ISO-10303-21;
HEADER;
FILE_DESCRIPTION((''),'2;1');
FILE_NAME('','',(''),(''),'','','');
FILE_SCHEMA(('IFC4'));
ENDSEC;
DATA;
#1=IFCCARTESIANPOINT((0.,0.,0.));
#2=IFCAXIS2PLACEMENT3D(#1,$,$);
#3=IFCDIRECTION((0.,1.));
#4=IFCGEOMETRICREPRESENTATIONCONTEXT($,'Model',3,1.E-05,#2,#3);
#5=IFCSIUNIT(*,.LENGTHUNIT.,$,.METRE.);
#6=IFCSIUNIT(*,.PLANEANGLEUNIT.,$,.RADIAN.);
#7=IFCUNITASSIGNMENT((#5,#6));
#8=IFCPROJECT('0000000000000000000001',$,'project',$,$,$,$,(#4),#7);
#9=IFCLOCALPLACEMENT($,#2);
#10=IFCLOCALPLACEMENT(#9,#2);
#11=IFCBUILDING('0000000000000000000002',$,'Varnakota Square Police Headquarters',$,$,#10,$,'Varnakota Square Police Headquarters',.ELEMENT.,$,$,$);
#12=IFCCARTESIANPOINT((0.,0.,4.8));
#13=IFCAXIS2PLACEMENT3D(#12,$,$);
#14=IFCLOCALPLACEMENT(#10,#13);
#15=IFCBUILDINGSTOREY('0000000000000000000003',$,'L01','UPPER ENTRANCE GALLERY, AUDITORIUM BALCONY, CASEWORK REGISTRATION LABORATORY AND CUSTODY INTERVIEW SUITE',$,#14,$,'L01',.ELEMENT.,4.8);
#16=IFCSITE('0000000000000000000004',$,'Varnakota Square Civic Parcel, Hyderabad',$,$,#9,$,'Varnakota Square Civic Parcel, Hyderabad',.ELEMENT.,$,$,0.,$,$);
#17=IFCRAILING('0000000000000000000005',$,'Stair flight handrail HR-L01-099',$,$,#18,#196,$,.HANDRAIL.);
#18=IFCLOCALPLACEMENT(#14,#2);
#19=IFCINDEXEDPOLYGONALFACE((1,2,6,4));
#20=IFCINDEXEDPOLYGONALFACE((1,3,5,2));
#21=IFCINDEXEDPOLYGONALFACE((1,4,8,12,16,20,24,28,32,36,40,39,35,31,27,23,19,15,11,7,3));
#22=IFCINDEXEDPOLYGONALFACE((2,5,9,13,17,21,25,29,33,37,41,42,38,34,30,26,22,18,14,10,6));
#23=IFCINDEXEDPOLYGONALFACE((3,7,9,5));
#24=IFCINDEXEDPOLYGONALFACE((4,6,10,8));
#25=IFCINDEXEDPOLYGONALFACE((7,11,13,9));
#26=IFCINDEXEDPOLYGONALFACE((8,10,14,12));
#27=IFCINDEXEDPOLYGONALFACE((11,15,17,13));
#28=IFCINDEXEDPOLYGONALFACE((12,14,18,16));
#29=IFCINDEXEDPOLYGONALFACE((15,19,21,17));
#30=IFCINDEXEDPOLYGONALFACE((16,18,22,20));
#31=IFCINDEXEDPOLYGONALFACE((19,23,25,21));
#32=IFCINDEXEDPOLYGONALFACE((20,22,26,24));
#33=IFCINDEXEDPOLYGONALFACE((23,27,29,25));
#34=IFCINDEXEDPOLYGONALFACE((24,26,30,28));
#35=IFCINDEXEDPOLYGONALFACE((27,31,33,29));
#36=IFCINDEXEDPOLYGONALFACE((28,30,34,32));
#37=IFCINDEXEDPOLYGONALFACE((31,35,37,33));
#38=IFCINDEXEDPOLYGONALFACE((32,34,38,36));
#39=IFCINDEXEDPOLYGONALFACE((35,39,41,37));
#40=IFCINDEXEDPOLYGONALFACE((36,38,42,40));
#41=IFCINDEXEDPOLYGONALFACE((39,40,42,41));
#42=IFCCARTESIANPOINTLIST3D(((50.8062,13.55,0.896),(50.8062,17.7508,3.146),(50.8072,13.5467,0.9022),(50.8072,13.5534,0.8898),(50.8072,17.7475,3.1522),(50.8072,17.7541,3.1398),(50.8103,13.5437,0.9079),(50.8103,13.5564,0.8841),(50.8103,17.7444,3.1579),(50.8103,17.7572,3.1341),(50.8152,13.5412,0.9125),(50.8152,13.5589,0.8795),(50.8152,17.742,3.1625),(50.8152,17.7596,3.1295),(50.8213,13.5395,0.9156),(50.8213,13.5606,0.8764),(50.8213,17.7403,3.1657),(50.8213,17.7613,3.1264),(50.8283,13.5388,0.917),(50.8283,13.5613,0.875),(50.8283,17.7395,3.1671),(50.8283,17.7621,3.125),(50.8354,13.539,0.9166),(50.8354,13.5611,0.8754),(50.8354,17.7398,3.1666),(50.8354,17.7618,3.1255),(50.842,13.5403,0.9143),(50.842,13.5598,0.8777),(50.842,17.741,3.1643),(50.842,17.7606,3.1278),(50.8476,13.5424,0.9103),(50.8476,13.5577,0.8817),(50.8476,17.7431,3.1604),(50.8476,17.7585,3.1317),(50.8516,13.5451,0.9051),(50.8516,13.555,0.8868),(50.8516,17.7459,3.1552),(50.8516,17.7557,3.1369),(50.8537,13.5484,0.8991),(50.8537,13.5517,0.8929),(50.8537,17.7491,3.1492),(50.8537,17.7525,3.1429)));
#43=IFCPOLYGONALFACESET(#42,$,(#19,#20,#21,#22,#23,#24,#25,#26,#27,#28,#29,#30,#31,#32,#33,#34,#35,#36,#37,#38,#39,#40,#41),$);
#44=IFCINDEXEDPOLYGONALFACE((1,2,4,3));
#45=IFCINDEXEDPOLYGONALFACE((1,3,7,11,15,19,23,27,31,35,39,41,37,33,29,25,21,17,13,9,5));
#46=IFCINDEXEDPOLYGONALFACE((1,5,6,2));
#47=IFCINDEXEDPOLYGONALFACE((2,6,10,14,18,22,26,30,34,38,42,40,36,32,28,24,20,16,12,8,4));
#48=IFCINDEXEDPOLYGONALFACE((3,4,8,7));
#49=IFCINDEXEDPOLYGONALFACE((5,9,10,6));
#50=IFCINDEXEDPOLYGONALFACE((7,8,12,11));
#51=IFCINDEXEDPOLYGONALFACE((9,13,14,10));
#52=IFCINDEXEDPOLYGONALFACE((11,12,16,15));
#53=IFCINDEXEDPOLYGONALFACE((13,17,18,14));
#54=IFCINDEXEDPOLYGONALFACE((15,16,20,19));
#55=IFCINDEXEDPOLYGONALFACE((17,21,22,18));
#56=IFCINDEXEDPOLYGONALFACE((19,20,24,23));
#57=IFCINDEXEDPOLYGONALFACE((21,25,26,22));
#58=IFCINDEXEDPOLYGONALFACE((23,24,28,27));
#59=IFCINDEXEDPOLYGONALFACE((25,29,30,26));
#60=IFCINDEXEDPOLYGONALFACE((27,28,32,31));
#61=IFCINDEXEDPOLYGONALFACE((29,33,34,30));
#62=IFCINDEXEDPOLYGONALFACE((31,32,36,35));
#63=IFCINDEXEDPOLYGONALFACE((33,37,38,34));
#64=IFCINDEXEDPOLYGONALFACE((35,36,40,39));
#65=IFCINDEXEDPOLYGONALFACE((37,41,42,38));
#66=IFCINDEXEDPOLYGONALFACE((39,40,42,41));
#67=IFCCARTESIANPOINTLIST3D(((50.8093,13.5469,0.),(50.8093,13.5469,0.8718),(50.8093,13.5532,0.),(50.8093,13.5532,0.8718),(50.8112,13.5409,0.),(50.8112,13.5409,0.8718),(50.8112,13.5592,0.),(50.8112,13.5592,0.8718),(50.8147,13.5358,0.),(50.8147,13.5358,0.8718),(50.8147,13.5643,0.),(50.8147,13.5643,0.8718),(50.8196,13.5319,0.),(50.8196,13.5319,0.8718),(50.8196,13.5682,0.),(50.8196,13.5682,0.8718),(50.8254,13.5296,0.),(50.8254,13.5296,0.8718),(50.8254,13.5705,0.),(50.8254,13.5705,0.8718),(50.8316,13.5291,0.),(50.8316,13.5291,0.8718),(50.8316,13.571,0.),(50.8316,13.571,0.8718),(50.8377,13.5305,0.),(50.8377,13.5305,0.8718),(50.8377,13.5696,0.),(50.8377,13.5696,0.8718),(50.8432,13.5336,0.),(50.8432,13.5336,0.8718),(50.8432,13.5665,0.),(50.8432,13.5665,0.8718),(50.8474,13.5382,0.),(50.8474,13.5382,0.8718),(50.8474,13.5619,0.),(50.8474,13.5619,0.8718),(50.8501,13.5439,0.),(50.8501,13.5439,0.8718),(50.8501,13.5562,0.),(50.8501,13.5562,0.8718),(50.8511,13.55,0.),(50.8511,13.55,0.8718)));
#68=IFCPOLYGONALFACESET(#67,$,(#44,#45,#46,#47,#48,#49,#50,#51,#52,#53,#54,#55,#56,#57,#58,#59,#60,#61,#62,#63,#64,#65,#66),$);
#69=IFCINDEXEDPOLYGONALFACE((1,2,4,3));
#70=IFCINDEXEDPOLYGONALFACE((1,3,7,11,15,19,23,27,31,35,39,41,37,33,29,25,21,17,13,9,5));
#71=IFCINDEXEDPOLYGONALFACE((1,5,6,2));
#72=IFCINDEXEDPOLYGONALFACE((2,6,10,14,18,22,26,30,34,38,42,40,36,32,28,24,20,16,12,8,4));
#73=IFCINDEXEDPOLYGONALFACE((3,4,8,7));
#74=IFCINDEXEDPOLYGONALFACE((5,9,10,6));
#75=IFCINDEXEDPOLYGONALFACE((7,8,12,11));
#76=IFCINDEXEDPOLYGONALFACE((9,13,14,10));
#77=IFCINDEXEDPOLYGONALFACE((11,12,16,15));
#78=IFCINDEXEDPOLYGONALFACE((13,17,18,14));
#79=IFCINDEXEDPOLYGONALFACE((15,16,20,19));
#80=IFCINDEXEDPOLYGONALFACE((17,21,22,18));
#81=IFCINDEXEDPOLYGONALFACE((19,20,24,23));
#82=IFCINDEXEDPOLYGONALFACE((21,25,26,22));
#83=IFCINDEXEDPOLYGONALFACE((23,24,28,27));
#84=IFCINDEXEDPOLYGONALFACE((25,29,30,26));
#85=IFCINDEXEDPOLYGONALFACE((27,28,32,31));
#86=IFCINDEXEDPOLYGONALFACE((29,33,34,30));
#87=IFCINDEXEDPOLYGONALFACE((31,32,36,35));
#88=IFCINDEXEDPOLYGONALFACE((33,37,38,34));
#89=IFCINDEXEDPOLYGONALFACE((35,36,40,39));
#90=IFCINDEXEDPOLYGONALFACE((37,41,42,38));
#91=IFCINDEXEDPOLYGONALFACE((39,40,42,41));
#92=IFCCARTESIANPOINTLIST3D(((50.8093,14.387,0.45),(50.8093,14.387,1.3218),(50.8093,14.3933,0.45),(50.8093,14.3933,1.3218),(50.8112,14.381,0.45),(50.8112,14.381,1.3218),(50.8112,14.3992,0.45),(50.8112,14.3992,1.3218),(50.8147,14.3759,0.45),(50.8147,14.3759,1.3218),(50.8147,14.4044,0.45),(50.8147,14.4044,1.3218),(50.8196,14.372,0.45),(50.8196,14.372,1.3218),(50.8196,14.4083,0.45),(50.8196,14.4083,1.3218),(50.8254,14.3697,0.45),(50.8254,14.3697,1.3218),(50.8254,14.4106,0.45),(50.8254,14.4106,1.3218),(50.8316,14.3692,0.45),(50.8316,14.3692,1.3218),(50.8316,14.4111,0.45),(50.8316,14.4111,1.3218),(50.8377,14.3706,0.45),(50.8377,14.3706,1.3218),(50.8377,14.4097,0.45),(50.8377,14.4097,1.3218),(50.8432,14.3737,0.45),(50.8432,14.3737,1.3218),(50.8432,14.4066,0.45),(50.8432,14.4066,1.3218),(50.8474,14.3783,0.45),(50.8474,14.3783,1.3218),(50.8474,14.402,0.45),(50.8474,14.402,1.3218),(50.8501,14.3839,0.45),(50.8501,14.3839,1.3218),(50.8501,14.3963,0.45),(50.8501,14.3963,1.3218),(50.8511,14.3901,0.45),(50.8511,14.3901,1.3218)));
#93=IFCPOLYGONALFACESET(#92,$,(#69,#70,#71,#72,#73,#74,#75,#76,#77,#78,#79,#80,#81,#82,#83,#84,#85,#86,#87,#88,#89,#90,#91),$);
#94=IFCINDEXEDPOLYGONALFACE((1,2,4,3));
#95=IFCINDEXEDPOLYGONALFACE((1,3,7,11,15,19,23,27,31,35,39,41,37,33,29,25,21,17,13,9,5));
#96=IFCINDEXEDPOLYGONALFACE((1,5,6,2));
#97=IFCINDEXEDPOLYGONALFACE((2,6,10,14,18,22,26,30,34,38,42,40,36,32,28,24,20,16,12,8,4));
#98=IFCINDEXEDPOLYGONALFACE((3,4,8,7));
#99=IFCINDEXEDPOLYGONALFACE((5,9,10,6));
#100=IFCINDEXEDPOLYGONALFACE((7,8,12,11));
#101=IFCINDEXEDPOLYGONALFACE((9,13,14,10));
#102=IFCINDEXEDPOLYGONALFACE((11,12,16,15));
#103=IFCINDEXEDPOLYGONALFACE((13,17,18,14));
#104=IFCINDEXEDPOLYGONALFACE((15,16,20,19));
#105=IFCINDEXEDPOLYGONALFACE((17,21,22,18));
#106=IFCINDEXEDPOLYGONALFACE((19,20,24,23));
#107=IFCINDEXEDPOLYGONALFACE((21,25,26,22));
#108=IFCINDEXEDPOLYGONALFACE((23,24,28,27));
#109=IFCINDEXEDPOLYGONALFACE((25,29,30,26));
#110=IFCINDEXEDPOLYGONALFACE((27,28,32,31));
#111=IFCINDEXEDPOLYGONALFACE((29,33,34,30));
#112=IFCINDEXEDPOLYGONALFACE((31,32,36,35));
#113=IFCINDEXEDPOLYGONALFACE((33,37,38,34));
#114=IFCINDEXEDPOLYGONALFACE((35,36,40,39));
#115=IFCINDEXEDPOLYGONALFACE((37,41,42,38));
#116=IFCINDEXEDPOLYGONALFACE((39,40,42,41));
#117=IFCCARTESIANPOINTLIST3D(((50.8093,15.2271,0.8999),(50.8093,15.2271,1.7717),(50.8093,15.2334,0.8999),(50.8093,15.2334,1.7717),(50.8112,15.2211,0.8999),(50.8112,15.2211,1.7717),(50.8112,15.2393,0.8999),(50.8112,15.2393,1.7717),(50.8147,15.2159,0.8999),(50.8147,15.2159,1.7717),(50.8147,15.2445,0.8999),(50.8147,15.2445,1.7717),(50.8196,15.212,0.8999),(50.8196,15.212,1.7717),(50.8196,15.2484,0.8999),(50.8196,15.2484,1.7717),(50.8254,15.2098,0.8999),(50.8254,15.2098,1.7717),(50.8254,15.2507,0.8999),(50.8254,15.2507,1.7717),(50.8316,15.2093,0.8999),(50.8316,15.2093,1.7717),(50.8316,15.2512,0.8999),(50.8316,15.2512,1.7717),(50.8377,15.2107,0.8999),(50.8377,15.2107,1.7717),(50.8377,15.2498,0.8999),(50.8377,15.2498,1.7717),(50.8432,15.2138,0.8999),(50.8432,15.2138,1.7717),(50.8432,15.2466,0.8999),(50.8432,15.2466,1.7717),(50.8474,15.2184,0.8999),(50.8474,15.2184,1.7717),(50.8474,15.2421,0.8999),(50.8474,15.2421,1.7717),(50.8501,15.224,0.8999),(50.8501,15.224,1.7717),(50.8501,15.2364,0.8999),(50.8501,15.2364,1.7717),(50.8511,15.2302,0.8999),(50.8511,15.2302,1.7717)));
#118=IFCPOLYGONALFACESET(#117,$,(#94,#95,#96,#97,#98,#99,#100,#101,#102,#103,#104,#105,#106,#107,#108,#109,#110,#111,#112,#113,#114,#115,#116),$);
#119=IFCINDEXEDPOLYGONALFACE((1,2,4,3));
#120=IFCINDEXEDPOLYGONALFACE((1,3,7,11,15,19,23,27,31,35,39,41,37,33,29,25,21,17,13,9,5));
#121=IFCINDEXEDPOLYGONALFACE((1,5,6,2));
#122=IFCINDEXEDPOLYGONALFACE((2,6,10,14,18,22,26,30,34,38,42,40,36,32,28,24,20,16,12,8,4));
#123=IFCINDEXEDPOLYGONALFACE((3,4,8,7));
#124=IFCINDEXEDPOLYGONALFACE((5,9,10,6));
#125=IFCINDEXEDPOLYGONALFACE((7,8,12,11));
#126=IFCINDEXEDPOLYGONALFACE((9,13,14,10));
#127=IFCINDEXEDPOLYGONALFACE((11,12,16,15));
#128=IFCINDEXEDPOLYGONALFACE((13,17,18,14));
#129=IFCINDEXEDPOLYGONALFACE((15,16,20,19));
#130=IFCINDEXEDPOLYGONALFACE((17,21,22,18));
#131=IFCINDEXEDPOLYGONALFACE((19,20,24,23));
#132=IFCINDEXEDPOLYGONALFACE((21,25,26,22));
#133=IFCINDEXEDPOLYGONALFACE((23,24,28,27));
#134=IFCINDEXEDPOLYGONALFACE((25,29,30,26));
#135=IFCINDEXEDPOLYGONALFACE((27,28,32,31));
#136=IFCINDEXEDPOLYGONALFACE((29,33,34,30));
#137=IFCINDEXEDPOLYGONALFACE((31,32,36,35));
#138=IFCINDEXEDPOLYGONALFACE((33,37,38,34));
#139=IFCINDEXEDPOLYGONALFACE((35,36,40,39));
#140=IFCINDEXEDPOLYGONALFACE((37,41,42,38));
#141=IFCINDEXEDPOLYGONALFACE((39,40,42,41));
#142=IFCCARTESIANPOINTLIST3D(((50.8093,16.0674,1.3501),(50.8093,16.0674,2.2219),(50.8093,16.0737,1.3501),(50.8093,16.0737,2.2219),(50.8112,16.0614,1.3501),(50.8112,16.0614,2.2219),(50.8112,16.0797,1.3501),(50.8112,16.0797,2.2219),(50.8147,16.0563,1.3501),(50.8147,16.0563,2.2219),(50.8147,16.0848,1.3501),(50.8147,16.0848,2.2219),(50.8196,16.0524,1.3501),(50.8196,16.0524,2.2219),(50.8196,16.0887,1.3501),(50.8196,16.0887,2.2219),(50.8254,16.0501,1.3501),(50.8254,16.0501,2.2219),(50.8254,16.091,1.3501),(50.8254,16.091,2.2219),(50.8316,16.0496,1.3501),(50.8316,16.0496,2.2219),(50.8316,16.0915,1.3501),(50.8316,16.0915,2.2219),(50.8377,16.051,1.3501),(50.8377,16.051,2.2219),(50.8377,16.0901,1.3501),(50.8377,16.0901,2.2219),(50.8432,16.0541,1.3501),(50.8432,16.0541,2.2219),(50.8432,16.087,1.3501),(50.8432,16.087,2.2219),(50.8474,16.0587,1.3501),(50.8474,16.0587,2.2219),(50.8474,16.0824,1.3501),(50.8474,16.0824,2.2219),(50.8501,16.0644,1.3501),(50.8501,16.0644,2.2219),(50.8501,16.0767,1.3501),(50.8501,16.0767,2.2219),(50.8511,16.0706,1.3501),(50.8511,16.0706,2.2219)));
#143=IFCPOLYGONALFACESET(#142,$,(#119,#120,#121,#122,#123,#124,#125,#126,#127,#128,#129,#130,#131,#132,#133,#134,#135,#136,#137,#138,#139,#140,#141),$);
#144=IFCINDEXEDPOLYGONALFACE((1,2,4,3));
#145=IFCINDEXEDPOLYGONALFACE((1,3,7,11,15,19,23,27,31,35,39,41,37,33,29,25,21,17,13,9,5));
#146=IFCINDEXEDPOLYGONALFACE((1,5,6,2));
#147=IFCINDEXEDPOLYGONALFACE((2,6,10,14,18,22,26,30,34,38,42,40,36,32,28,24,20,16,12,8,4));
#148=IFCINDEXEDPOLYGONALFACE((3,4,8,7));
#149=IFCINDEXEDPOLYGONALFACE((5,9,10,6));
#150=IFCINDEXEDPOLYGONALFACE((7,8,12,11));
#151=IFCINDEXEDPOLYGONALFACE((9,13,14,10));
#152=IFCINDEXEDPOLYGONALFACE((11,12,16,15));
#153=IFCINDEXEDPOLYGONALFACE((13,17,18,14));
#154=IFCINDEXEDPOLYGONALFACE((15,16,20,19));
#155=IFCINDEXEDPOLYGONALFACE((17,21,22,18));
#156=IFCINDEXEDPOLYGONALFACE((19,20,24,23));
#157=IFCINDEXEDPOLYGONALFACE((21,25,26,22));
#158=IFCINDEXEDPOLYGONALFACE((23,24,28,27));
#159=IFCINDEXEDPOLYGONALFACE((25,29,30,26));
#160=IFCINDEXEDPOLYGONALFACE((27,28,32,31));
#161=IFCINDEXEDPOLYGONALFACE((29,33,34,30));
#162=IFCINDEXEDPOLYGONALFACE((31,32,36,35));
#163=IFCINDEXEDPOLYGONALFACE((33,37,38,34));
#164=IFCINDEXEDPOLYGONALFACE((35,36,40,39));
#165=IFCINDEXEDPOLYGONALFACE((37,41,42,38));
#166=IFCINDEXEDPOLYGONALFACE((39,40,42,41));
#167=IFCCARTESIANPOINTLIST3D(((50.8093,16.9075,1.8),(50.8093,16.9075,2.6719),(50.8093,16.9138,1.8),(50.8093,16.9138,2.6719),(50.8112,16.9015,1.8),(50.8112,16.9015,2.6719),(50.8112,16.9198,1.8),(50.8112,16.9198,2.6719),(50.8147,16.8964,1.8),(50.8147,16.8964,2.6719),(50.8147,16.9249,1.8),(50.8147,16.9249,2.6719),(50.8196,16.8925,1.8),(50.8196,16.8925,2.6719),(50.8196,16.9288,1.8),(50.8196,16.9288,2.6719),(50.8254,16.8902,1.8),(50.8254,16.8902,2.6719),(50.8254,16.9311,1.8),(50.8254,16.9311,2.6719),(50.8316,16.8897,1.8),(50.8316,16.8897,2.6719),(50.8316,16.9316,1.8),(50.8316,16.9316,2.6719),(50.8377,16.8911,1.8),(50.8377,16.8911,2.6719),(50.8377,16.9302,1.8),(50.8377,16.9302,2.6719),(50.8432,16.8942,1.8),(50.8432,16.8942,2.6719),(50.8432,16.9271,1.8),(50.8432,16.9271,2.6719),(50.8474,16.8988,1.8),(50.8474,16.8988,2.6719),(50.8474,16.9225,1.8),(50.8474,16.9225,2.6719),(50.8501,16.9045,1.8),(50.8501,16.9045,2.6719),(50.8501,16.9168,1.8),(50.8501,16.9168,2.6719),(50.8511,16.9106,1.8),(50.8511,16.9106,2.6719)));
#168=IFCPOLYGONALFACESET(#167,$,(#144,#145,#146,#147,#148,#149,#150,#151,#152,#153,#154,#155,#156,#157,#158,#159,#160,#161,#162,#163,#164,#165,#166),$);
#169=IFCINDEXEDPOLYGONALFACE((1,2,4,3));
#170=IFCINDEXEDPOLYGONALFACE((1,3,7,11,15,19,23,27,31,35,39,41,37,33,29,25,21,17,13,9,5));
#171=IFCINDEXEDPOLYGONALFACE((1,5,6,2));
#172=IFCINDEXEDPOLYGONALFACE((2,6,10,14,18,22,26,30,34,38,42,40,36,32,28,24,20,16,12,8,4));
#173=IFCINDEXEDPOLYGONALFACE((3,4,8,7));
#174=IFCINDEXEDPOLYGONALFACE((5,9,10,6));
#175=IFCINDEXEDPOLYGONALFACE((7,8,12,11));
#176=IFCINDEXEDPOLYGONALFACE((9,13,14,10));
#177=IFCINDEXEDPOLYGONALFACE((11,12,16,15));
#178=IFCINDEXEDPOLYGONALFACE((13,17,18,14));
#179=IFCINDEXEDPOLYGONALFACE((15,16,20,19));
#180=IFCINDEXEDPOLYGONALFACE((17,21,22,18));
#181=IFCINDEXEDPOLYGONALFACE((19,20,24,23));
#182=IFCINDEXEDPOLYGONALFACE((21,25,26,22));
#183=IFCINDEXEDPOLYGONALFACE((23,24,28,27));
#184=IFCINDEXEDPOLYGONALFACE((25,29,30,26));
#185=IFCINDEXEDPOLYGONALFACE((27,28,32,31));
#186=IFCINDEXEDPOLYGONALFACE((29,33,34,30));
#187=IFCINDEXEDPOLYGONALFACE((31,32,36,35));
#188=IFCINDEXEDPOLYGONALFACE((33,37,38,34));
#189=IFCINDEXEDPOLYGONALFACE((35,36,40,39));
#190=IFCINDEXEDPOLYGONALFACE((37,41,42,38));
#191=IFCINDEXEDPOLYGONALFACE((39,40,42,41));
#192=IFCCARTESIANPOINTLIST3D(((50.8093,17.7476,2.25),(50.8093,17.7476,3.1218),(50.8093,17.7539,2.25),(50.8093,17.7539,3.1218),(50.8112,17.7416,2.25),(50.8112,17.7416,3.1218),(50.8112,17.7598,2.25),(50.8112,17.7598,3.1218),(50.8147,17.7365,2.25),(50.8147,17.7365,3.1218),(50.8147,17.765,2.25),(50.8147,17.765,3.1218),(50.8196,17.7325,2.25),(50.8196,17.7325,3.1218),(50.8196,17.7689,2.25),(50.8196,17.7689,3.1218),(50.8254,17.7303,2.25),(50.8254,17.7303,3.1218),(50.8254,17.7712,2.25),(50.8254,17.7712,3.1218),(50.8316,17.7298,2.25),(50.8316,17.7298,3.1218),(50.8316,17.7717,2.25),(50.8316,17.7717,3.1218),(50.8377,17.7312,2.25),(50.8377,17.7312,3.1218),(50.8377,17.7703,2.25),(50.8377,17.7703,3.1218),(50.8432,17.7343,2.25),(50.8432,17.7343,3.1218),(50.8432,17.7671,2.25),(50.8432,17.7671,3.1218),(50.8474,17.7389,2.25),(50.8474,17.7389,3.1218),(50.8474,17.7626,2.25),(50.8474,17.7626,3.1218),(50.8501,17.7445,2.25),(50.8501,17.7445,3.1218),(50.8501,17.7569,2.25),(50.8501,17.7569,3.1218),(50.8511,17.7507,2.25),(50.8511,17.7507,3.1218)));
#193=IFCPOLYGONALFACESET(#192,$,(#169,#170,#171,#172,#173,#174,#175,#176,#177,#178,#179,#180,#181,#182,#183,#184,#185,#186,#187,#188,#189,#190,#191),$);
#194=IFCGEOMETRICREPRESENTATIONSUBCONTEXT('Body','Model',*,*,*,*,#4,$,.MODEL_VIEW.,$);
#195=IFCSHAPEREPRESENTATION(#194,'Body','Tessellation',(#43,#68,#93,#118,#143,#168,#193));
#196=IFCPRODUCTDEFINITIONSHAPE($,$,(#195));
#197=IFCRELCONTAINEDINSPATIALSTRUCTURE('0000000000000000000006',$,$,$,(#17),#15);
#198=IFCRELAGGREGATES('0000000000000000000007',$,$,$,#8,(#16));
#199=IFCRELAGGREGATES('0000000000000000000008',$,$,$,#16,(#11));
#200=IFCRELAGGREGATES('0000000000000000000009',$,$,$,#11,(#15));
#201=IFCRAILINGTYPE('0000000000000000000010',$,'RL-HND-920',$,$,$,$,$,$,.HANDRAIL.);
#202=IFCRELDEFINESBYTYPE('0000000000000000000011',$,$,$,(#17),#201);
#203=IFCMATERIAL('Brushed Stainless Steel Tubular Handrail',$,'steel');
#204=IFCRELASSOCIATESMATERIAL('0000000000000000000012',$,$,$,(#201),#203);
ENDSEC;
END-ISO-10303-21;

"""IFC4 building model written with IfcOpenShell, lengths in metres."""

from ifc_helpers import new_model, si_unit, direction, frame, origin, origin_2d, place, context, subcontext, project, spatial, circle, extrude, material, type_object, element, save


model = new_model("IFC4")

# Units and contexts
model_context = context("Model", 3, precision=1e-05, world=origin(), true_north=direction((0.0, 1.0)))
body_context = subcontext(model_context, "Body", "Model", "MODEL_VIEW")
ifc_project = project(units=[si_unit("LENGTHUNIT", "METRE"), si_unit("PLANEANGLEUNIT", "RADIAN")], contexts=[model_context])

# Site, building, storey
site_placement = place(None, origin())
site = spatial("IfcSite", under=ifc_project, at=site_placement, Name="Varnakota Square Civic Parcel, Hyderabad", LongName="Varnakota Square Civic Parcel, Hyderabad", CompositionType="ELEMENT", RefElevation=0.0)
building_placement = place(site_placement, origin())
building = spatial("IfcBuilding", under=site, at=building_placement, Name="Varnakota Square Police Headquarters", LongName="Varnakota Square Police Headquarters", CompositionType="ELEMENT")
storey_placement = place(building_placement, frame((0.0, 0.0, 4.8)))
storey = spatial("IfcBuildingStorey", under=building, at=storey_placement, Name="L01", Description="UPPER ENTRANCE GALLERY, AUDITORIUM BALCONY, CASEWORK REGISTRATION LABORATORY AND CUSTODY INTERVIEW SUITE", LongName="L01", CompositionType="ELEMENT", Elevation=4.8)

# Railing
ifc_material_1 = material(Name="Brushed Stainless Steel Tubular Handrail", Category="steel")
railing_type_1 = type_object("IfcRailingType", Name="RL-HND-920", PredefinedType="HANDRAIL", material=ifc_material_1)
railing_1_placement = place(storey_placement, frame((50.8301, 13.55, 0.0)))
element("IfcRailing", 1, at=railing_1_placement, inside=storey, type_object=railing_type_1, Name="Stair flight handrail HR-L01-099", PredefinedType="HANDRAIL", context=body_context, shape_type="SweptSolid", body=[
    extrude(circle(Radius=0.0239, at=origin_2d()), frame((0.0, 0.0, 0.896), z_axis=(0.0, 0.881512, 0.472162), x_axis=(-1.0, 0.0, 0.0)), (0.0, 0.0, 1.0), 4.7654),
    extrude(circle(Radius=0.021, at=origin_2d()), origin(), (0.0, 0.0, 1.0), 0.8718),
    extrude(circle(Radius=0.021, at=origin_2d()), frame((0.0, 0.8401, 0.45)), (0.0, 0.0, 1.0), 0.8718),
    extrude(circle(Radius=0.021, at=origin_2d()), frame((0.0, 1.6802, 0.8999)), (0.0, 0.0, 1.0), 0.8718),
    extrude(circle(Radius=0.021, at=origin_2d()), frame((0.0, 2.5205, 1.3501)), (0.0, 0.0, 1.0), 0.8718),
    extrude(circle(Radius=0.021, at=origin_2d()), frame((0.0, 3.3606, 1.8)), (0.0, 0.0, 1.0), 0.8718),
    extrude(circle(Radius=0.021, at=origin_2d()), frame((0.0, 4.2007, 2.25)), (0.0, 0.0, 1.0), 0.8718),
])

save(model, "model.ifc")
